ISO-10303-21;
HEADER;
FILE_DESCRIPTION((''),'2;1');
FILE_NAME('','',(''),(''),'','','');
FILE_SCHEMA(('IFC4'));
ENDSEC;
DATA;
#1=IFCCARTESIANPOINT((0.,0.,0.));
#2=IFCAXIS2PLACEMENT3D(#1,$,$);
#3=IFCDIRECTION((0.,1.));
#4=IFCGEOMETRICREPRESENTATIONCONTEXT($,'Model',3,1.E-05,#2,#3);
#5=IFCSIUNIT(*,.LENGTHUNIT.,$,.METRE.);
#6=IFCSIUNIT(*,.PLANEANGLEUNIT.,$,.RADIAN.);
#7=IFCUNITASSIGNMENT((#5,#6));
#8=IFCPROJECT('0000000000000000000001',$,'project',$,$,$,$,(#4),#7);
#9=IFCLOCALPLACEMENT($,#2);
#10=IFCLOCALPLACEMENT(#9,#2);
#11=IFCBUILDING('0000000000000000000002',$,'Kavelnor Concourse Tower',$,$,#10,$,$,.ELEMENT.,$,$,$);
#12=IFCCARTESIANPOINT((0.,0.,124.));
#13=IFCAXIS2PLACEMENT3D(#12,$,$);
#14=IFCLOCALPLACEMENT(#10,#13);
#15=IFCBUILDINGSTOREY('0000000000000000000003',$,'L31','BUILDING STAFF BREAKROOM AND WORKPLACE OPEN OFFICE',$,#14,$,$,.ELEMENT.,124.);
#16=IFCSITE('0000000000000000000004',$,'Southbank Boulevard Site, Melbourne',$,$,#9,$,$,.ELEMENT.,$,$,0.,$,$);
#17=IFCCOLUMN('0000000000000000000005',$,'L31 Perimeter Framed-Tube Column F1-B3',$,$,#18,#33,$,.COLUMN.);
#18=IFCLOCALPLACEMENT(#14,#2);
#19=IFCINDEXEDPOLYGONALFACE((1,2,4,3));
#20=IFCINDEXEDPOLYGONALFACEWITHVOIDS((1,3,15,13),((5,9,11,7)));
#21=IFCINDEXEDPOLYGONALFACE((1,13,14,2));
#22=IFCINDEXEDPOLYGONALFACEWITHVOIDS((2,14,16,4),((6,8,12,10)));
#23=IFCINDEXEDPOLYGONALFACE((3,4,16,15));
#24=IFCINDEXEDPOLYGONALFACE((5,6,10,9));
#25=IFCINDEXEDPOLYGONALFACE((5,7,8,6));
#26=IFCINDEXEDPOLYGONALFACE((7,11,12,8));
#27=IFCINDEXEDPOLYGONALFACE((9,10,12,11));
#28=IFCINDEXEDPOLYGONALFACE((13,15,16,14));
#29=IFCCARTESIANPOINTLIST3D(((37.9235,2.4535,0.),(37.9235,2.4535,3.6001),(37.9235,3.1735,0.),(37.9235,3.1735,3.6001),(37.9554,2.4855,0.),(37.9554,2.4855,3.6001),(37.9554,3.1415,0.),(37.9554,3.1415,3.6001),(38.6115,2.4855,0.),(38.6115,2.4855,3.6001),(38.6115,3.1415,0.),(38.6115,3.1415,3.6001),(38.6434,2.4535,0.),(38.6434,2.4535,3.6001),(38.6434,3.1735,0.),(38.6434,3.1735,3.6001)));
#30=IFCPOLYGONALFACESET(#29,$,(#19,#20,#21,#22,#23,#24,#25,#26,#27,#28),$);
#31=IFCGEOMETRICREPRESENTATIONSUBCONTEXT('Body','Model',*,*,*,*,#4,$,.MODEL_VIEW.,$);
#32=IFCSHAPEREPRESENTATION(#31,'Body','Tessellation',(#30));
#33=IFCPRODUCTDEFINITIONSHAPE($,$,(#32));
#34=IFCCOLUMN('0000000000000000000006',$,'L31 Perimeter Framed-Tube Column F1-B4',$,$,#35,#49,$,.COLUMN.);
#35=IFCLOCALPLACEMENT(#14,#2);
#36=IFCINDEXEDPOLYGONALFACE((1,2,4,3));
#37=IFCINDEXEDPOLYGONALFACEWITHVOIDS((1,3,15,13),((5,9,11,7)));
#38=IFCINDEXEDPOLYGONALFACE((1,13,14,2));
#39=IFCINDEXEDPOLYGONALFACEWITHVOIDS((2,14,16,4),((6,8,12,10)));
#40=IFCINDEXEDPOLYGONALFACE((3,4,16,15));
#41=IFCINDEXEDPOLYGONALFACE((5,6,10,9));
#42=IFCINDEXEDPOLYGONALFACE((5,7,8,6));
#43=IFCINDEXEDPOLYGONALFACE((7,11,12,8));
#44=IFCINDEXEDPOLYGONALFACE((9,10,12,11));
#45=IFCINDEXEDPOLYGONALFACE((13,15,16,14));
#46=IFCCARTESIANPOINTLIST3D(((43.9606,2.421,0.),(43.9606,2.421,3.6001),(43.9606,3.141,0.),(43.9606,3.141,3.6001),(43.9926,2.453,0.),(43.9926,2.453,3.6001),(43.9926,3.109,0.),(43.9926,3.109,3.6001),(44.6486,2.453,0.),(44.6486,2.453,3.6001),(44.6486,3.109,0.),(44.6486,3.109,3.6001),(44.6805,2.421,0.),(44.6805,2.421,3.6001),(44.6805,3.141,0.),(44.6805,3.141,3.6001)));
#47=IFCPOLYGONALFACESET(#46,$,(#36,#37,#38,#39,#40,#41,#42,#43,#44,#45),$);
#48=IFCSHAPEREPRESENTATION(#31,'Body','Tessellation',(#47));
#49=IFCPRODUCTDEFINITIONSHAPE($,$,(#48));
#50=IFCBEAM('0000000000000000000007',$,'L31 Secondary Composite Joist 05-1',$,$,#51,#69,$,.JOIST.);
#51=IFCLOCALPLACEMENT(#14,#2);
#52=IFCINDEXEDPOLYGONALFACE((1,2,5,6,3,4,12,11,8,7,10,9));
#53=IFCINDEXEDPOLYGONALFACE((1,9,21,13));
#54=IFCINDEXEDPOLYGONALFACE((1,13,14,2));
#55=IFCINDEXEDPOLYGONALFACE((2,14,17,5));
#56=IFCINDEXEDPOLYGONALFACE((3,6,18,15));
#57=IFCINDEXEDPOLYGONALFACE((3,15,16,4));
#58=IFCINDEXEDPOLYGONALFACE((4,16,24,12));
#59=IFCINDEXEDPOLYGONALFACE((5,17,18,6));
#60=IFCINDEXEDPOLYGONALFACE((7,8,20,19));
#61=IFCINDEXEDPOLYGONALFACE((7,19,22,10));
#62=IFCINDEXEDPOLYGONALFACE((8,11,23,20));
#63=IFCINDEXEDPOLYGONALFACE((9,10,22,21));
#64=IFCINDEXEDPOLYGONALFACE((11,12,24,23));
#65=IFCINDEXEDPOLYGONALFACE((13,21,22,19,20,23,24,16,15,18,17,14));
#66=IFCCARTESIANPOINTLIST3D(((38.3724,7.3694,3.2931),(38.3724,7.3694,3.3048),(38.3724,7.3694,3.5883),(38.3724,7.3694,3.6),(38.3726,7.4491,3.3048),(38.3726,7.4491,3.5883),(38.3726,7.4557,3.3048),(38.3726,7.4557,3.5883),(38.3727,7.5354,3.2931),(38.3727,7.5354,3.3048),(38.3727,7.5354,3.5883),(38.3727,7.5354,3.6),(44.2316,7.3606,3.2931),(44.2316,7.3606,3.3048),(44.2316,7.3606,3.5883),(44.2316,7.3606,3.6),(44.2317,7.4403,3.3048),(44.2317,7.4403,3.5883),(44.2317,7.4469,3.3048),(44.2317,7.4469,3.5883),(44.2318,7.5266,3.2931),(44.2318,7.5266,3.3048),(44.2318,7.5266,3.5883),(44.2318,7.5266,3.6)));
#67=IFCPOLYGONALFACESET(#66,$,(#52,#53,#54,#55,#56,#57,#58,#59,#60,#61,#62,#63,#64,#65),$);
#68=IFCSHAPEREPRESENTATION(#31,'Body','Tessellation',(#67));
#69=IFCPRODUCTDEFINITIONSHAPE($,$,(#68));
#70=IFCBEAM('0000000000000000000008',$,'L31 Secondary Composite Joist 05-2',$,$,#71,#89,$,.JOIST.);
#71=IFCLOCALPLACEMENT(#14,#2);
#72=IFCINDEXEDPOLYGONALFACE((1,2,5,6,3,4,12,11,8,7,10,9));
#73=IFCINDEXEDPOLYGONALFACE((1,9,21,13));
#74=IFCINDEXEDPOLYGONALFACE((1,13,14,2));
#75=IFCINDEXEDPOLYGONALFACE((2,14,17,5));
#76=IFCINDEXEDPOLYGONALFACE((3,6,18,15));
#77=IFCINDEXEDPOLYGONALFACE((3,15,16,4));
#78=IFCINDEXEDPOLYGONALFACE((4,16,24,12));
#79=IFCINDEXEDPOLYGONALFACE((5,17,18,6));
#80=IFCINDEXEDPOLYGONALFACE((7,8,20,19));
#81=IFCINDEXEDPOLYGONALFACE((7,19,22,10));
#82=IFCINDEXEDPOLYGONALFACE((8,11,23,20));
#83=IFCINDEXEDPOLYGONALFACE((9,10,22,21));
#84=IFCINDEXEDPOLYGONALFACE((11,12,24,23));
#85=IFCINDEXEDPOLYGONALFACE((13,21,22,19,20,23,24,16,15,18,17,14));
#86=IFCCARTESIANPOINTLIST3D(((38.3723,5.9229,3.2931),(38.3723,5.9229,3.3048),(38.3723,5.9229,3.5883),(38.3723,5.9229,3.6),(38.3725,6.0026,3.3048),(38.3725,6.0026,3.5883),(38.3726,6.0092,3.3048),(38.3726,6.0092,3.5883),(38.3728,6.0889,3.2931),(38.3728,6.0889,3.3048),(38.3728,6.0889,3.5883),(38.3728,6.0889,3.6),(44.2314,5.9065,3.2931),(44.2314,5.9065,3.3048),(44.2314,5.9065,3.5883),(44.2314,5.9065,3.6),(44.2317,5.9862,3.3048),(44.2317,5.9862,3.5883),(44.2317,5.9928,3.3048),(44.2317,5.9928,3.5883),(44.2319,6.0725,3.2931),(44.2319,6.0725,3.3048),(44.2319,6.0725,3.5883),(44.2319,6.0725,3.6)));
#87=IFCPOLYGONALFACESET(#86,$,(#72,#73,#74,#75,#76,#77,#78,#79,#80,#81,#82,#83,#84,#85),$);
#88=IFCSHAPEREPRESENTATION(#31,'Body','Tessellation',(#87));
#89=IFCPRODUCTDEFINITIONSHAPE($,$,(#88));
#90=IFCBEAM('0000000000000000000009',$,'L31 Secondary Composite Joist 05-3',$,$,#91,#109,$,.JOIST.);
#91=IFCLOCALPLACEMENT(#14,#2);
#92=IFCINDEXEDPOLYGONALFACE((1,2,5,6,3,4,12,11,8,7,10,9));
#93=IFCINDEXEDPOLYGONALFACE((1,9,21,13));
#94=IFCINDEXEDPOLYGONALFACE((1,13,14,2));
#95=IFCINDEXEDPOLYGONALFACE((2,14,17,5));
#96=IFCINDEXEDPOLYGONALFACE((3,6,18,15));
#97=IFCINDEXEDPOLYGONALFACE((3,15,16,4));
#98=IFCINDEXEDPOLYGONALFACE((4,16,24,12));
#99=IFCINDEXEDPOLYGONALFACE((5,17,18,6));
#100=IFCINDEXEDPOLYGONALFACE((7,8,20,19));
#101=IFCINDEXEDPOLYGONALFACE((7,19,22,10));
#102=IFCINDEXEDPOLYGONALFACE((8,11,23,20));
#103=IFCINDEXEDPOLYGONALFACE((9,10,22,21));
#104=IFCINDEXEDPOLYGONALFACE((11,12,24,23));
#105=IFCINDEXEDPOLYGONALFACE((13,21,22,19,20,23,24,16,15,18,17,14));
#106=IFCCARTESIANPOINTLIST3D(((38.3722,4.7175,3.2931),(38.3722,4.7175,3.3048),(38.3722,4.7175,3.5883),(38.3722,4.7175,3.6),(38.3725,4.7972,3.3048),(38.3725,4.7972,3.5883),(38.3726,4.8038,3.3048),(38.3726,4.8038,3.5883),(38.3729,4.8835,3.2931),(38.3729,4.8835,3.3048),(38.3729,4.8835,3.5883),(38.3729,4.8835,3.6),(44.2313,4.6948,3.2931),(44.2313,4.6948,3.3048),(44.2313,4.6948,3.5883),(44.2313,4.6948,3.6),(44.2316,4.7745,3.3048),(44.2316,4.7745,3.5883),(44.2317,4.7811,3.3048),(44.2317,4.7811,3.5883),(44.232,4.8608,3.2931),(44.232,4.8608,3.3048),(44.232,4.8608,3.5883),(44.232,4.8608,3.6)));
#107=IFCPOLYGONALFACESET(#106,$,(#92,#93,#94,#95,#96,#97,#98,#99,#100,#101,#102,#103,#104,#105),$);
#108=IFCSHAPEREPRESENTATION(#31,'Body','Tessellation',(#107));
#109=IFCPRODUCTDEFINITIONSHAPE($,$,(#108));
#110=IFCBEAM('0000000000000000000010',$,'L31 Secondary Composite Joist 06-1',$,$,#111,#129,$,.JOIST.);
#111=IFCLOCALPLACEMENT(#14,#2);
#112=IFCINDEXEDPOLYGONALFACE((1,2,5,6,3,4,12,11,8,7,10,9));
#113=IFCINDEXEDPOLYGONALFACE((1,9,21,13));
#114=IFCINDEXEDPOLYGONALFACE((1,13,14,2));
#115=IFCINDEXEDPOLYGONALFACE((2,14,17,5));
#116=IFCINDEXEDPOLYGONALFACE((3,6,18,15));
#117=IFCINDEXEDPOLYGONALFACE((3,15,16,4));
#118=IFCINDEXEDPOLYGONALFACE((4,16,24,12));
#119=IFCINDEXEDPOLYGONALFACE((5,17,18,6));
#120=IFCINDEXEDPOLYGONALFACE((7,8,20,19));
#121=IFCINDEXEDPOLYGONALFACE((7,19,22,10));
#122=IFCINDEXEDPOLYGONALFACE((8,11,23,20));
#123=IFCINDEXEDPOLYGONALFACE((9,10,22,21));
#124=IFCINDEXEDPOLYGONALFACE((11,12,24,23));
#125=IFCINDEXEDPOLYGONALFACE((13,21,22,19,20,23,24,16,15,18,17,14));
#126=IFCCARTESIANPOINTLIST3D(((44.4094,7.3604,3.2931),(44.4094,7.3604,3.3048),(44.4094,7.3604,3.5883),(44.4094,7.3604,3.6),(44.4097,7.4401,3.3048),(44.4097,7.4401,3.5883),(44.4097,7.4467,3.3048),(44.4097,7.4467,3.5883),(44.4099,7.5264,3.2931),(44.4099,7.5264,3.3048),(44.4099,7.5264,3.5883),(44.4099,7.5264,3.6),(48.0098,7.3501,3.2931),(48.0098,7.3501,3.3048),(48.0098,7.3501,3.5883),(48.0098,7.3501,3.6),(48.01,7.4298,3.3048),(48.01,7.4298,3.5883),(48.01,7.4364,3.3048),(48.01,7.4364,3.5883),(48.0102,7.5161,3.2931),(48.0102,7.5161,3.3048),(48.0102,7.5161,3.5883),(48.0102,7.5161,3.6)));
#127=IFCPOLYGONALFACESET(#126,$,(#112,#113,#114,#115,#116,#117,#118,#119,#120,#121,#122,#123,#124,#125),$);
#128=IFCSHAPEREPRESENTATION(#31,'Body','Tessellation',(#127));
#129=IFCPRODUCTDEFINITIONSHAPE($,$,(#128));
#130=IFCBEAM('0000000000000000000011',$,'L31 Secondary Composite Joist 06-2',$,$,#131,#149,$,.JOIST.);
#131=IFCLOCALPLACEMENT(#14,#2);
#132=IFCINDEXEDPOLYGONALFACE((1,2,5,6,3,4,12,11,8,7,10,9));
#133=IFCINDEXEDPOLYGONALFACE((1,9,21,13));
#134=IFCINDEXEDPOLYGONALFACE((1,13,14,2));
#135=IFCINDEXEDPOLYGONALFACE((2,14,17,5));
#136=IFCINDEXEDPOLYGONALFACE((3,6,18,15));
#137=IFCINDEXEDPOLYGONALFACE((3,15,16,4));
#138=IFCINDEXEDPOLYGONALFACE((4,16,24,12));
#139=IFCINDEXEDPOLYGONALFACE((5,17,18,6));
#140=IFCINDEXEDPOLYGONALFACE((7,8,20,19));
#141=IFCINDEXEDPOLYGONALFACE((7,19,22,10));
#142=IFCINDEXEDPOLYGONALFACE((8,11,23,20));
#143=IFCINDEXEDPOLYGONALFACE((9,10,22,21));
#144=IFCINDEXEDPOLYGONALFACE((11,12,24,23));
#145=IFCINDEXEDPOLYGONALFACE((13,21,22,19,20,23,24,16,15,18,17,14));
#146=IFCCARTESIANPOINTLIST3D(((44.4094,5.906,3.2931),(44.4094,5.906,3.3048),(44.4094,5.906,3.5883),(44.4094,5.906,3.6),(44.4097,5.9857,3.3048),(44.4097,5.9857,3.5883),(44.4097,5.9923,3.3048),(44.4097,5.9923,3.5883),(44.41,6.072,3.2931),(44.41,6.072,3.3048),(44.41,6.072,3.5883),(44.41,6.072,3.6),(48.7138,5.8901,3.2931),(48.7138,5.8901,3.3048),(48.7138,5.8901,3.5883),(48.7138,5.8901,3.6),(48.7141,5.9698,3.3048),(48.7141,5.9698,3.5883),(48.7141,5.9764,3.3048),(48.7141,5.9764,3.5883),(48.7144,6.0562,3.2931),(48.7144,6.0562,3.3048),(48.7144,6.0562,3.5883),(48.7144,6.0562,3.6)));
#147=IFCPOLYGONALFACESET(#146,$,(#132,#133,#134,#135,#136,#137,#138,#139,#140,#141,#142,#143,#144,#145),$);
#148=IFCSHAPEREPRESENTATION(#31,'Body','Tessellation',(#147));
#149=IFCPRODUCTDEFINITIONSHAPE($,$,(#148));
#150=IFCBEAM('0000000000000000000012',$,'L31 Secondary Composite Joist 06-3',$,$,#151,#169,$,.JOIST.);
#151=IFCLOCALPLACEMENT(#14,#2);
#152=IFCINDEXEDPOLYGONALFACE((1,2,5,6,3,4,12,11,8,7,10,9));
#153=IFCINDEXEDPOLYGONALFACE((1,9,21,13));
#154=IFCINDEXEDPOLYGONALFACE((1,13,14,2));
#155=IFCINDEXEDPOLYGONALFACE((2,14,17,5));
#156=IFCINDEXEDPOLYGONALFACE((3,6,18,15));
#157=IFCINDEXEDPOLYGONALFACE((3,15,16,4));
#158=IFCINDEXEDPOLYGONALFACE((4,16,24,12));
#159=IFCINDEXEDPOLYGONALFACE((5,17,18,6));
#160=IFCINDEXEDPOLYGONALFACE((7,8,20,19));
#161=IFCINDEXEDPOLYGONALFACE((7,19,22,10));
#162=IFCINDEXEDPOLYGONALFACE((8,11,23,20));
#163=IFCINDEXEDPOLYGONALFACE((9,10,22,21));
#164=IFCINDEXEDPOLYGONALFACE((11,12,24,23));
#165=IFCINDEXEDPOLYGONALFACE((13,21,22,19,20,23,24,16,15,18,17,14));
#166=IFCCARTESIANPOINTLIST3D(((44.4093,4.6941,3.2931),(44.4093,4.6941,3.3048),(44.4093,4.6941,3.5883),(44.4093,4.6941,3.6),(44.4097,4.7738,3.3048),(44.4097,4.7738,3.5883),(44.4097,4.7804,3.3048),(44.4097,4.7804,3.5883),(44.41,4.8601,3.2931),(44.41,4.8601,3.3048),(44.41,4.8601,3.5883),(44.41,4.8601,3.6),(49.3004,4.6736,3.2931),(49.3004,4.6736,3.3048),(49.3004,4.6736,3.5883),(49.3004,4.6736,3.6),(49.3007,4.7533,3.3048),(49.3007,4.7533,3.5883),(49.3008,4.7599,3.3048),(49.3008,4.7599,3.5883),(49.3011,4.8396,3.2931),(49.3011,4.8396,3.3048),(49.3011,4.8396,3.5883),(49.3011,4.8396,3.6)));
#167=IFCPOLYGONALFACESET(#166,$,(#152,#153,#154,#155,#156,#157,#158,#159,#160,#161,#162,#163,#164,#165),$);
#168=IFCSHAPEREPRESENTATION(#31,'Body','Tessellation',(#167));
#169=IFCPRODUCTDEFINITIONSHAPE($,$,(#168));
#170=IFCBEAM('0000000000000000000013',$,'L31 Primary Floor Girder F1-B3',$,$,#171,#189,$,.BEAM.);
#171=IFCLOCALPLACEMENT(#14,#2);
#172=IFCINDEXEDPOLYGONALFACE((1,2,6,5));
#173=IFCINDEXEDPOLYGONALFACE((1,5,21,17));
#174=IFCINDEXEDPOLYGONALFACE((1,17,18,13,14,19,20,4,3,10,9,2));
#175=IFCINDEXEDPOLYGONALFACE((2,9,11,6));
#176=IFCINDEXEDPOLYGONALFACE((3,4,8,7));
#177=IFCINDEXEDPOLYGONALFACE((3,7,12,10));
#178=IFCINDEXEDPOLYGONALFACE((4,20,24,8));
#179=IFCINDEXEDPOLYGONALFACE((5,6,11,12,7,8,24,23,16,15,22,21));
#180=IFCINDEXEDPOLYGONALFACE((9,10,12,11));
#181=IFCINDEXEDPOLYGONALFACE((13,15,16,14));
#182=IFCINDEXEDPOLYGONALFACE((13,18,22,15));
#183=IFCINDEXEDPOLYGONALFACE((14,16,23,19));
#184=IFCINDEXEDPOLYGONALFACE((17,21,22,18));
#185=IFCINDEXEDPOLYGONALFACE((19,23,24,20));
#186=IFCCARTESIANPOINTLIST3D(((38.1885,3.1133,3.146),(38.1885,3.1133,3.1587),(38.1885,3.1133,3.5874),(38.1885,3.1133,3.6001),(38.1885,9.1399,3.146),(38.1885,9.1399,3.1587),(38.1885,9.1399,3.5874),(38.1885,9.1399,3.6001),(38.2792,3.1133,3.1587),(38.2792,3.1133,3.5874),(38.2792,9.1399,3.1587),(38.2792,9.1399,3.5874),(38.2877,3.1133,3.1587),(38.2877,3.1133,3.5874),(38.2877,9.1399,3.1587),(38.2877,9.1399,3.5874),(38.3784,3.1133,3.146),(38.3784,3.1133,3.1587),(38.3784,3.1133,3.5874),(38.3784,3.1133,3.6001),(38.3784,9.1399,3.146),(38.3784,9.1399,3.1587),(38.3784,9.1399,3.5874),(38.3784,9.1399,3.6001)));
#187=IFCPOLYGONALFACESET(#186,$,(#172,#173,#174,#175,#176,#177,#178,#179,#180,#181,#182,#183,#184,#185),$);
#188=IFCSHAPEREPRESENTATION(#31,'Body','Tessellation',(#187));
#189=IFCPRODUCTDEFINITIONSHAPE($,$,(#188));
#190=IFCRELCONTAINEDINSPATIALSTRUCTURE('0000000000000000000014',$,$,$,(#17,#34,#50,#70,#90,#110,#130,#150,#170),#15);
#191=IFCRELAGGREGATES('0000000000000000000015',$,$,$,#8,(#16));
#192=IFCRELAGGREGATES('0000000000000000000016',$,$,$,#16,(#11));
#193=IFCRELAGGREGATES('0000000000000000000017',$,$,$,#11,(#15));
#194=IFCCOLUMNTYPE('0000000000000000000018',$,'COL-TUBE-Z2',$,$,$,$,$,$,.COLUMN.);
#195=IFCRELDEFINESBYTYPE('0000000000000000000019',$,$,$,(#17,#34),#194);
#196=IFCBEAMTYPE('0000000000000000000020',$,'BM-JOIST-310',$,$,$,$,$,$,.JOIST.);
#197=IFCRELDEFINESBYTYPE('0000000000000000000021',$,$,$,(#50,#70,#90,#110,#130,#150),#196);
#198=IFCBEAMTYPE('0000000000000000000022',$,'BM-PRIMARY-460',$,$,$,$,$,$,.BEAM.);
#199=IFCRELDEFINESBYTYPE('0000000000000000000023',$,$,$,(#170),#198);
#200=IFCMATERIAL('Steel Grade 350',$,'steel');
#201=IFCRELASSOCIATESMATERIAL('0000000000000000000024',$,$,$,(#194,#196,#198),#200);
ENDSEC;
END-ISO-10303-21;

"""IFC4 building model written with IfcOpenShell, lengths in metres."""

from ifc_helpers import new_model, si_unit, direction, frame, origin, origin_2d, place, context, subcontext, project, spatial, hollow_rectangle, i_section, extrude, material, material_profile, profile_set, type_object, element, save


model = new_model("IFC4")

# Units and contexts
model_context = context("Model", 3, precision=1e-05, world=origin(), true_north=direction((0.0, 1.0)))
body_context = subcontext(model_context, "Body", "Model", "MODEL_VIEW")
ifc_project = project(units=[si_unit("LENGTHUNIT", "METRE"), si_unit("PLANEANGLEUNIT", "RADIAN")], contexts=[model_context])

# Site, building, storey
site_placement = place(None, origin())
site = spatial("IfcSite", under=ifc_project, at=site_placement, Name="Southbank Boulevard Site, Melbourne", CompositionType="ELEMENT", RefElevation=0.0)
building_placement = place(site_placement, origin())
building = spatial("IfcBuilding", under=site, at=building_placement, Name="Kavelnor Concourse Tower", CompositionType="ELEMENT")
storey_placement = place(building_placement, frame((0.0, 0.0, 124.0)))
storey = spatial("IfcBuildingStorey", under=building, at=storey_placement, Name="L31", Description="BUILDING STAFF BREAKROOM AND WORKPLACE OPEN OFFICE", CompositionType="ELEMENT", Elevation=124.0)

# Columns
ifc_material_1 = material(Name="Steel Grade 350", Category="steel")
ifc_material_profile_1 = material_profile(ifc_material_1, hollow_rectangle(XDim=0.72, YDim=0.72, WallThickness=0.032, at=origin_2d()), Name="SHS 720x720x32")
ifc_profile_set_1 = profile_set([ifc_material_profile_1], Name="Steel Grade 350")
column_type = type_object("IfcColumnType", Name="COL-TUBE-Z2", PredefinedType="COLUMN", material=ifc_profile_set_1)
for number, where, z_axis, x_axis, name in (
    (1, (38.2834, 2.8135, 0.0), (0.0, 0.0, 1.0), (1.0, 0.0, 0.0), "L31 Perimeter Framed-Tube Column F1-B3"),
    (2, (44.3206, 2.781, 0.0), (0.0, 0.0, 1.0), (1.0, 0.0, 0.0), "L31 Perimeter Framed-Tube Column F1-B4"),
):
    element("IfcColumn", number, at=place(storey_placement, frame(where, z_axis=z_axis, x_axis=x_axis)), inside=storey, type_object=column_type, Name=name, PredefinedType="COLUMN", context=body_context, shape_type="SweptSolid", body=[
        extrude(hollow_rectangle(XDim=0.72, YDim=0.72, WallThickness=0.032, at=origin_2d()), origin(), (0.0, 0.0, 1.0), 3.6001),
    ])

# Beams
ifc_material_profile_2 = material_profile(ifc_material_1, i_section(OverallWidth=0.166, OverallDepth=0.3069, WebThickness=0.0066, FlangeThickness=0.0117, at=origin_2d()), Name="310UB46")
ifc_profile_set_2 = profile_set([ifc_material_profile_2], Name="Steel Grade 350")
beam_type_1 = type_object("IfcBeamType", Name="BM-JOIST-310", PredefinedType="JOIST", material=ifc_profile_set_2)
for number, where, z_axis, x_axis, name in (
    (3, (38.3726, 7.4524, 3.4465), (0.999999, -0.0015, 0.0), (0.0015, 0.999999, 0.0), "L31 Secondary Composite Joist 05-1"),
    (4, (38.3726, 6.0059, 3.4465), (0.999996, -0.002792, 0.0), (0.002792, 0.999996, 0.0), "L31 Secondary Composite Joist 05-2"),
    (5, (38.3726, 4.8005, 3.4465), (0.999992, -0.003875, 0.0), (0.003875, 0.999992, 0.0), "L31 Secondary Composite Joist 05-3"),
):
    element("IfcBeam", number, at=place(storey_placement, frame(where, z_axis=z_axis, x_axis=x_axis)), inside=storey, type_object=beam_type_1, Name=name, PredefinedType="JOIST", context=body_context, shape_type="SweptSolid", body=[
        extrude(i_section(OverallWidth=0.166, OverallDepth=0.3069, WebThickness=0.0066, FlangeThickness=0.0117, at=origin_2d()), origin(), (0.0, 0.0, 1.0), 5.8591),
    ])
beam_1_placement = place(storey_placement, frame((44.4097, 7.4434, 3.4465), z_axis=(0.999996, -0.002848, 0.0), x_axis=(0.002848, 0.999996, 0.0)))
element("IfcBeam", 6, at=beam_1_placement, inside=storey, type_object=beam_type_1, Name="L31 Secondary Composite Joist 06-1", PredefinedType="JOIST", context=body_context, shape_type="SweptSolid", body=[
    extrude(i_section(OverallWidth=0.166, OverallDepth=0.3069, WebThickness=0.0066, FlangeThickness=0.0117, at=origin_2d()), origin(), (0.0, 0.0, 1.0), 3.6003),
])
beam_2_placement = place(storey_placement, frame((44.4097, 5.989, 3.4465), z_axis=(0.999993, -0.003687, 0.0), x_axis=(0.003687, 0.999993, 0.0)))
element("IfcBeam", 7, at=beam_2_placement, inside=storey, type_object=beam_type_1, Name="L31 Secondary Composite Joist 06-2", PredefinedType="JOIST", context=body_context, shape_type="SweptSolid", body=[
    extrude(i_section(OverallWidth=0.166, OverallDepth=0.3069, WebThickness=0.0066, FlangeThickness=0.0117, at=origin_2d()), origin(), (0.0, 0.0, 1.0), 4.3044),
])
beam_3_placement = place(storey_placement, frame((44.4097, 4.7771, 3.4465), z_axis=(0.999991, -0.004193, 0.0), x_axis=(0.004193, 0.999991, 0.0)))
element("IfcBeam", 8, at=beam_3_placement, inside=storey, type_object=beam_type_1, Name="L31 Secondary Composite Joist 06-3", PredefinedType="JOIST", context=body_context, shape_type="SweptSolid", body=[
    extrude(i_section(OverallWidth=0.166, OverallDepth=0.3069, WebThickness=0.0066, FlangeThickness=0.0117, at=origin_2d()), origin(), (0.0, 0.0, 1.0), 4.8911),
])
ifc_material_profile_3 = material_profile(ifc_material_1, i_section(OverallWidth=0.1899, OverallDepth=0.4541, WebThickness=0.0085, FlangeThickness=0.0127, at=origin_2d()), Name="460UB67")
ifc_profile_set_3 = profile_set([ifc_material_profile_3], Name="Steel Grade 350")
beam_type_2 = type_object("IfcBeamType", Name="BM-PRIMARY-460", PredefinedType="BEAM", material=ifc_profile_set_3)
beam_4_placement = place(storey_placement, frame((38.2834, 9.1399, 3.373), z_axis=(0.0, -1.0, 0.0), x_axis=(1.0, 0.0, 0.0)))
element("IfcBeam", 9, at=beam_4_placement, inside=storey, type_object=beam_type_2, Name="L31 Primary Floor Girder F1-B3", PredefinedType="BEAM", context=body_context, shape_type="SweptSolid", body=[
    extrude(i_section(OverallWidth=0.1899, OverallDepth=0.4541, WebThickness=0.0085, FlangeThickness=0.0127, at=origin_2d()), origin(), (0.0, 0.0, 1.0), 6.0266),
])

save(model, "model.ifc")
